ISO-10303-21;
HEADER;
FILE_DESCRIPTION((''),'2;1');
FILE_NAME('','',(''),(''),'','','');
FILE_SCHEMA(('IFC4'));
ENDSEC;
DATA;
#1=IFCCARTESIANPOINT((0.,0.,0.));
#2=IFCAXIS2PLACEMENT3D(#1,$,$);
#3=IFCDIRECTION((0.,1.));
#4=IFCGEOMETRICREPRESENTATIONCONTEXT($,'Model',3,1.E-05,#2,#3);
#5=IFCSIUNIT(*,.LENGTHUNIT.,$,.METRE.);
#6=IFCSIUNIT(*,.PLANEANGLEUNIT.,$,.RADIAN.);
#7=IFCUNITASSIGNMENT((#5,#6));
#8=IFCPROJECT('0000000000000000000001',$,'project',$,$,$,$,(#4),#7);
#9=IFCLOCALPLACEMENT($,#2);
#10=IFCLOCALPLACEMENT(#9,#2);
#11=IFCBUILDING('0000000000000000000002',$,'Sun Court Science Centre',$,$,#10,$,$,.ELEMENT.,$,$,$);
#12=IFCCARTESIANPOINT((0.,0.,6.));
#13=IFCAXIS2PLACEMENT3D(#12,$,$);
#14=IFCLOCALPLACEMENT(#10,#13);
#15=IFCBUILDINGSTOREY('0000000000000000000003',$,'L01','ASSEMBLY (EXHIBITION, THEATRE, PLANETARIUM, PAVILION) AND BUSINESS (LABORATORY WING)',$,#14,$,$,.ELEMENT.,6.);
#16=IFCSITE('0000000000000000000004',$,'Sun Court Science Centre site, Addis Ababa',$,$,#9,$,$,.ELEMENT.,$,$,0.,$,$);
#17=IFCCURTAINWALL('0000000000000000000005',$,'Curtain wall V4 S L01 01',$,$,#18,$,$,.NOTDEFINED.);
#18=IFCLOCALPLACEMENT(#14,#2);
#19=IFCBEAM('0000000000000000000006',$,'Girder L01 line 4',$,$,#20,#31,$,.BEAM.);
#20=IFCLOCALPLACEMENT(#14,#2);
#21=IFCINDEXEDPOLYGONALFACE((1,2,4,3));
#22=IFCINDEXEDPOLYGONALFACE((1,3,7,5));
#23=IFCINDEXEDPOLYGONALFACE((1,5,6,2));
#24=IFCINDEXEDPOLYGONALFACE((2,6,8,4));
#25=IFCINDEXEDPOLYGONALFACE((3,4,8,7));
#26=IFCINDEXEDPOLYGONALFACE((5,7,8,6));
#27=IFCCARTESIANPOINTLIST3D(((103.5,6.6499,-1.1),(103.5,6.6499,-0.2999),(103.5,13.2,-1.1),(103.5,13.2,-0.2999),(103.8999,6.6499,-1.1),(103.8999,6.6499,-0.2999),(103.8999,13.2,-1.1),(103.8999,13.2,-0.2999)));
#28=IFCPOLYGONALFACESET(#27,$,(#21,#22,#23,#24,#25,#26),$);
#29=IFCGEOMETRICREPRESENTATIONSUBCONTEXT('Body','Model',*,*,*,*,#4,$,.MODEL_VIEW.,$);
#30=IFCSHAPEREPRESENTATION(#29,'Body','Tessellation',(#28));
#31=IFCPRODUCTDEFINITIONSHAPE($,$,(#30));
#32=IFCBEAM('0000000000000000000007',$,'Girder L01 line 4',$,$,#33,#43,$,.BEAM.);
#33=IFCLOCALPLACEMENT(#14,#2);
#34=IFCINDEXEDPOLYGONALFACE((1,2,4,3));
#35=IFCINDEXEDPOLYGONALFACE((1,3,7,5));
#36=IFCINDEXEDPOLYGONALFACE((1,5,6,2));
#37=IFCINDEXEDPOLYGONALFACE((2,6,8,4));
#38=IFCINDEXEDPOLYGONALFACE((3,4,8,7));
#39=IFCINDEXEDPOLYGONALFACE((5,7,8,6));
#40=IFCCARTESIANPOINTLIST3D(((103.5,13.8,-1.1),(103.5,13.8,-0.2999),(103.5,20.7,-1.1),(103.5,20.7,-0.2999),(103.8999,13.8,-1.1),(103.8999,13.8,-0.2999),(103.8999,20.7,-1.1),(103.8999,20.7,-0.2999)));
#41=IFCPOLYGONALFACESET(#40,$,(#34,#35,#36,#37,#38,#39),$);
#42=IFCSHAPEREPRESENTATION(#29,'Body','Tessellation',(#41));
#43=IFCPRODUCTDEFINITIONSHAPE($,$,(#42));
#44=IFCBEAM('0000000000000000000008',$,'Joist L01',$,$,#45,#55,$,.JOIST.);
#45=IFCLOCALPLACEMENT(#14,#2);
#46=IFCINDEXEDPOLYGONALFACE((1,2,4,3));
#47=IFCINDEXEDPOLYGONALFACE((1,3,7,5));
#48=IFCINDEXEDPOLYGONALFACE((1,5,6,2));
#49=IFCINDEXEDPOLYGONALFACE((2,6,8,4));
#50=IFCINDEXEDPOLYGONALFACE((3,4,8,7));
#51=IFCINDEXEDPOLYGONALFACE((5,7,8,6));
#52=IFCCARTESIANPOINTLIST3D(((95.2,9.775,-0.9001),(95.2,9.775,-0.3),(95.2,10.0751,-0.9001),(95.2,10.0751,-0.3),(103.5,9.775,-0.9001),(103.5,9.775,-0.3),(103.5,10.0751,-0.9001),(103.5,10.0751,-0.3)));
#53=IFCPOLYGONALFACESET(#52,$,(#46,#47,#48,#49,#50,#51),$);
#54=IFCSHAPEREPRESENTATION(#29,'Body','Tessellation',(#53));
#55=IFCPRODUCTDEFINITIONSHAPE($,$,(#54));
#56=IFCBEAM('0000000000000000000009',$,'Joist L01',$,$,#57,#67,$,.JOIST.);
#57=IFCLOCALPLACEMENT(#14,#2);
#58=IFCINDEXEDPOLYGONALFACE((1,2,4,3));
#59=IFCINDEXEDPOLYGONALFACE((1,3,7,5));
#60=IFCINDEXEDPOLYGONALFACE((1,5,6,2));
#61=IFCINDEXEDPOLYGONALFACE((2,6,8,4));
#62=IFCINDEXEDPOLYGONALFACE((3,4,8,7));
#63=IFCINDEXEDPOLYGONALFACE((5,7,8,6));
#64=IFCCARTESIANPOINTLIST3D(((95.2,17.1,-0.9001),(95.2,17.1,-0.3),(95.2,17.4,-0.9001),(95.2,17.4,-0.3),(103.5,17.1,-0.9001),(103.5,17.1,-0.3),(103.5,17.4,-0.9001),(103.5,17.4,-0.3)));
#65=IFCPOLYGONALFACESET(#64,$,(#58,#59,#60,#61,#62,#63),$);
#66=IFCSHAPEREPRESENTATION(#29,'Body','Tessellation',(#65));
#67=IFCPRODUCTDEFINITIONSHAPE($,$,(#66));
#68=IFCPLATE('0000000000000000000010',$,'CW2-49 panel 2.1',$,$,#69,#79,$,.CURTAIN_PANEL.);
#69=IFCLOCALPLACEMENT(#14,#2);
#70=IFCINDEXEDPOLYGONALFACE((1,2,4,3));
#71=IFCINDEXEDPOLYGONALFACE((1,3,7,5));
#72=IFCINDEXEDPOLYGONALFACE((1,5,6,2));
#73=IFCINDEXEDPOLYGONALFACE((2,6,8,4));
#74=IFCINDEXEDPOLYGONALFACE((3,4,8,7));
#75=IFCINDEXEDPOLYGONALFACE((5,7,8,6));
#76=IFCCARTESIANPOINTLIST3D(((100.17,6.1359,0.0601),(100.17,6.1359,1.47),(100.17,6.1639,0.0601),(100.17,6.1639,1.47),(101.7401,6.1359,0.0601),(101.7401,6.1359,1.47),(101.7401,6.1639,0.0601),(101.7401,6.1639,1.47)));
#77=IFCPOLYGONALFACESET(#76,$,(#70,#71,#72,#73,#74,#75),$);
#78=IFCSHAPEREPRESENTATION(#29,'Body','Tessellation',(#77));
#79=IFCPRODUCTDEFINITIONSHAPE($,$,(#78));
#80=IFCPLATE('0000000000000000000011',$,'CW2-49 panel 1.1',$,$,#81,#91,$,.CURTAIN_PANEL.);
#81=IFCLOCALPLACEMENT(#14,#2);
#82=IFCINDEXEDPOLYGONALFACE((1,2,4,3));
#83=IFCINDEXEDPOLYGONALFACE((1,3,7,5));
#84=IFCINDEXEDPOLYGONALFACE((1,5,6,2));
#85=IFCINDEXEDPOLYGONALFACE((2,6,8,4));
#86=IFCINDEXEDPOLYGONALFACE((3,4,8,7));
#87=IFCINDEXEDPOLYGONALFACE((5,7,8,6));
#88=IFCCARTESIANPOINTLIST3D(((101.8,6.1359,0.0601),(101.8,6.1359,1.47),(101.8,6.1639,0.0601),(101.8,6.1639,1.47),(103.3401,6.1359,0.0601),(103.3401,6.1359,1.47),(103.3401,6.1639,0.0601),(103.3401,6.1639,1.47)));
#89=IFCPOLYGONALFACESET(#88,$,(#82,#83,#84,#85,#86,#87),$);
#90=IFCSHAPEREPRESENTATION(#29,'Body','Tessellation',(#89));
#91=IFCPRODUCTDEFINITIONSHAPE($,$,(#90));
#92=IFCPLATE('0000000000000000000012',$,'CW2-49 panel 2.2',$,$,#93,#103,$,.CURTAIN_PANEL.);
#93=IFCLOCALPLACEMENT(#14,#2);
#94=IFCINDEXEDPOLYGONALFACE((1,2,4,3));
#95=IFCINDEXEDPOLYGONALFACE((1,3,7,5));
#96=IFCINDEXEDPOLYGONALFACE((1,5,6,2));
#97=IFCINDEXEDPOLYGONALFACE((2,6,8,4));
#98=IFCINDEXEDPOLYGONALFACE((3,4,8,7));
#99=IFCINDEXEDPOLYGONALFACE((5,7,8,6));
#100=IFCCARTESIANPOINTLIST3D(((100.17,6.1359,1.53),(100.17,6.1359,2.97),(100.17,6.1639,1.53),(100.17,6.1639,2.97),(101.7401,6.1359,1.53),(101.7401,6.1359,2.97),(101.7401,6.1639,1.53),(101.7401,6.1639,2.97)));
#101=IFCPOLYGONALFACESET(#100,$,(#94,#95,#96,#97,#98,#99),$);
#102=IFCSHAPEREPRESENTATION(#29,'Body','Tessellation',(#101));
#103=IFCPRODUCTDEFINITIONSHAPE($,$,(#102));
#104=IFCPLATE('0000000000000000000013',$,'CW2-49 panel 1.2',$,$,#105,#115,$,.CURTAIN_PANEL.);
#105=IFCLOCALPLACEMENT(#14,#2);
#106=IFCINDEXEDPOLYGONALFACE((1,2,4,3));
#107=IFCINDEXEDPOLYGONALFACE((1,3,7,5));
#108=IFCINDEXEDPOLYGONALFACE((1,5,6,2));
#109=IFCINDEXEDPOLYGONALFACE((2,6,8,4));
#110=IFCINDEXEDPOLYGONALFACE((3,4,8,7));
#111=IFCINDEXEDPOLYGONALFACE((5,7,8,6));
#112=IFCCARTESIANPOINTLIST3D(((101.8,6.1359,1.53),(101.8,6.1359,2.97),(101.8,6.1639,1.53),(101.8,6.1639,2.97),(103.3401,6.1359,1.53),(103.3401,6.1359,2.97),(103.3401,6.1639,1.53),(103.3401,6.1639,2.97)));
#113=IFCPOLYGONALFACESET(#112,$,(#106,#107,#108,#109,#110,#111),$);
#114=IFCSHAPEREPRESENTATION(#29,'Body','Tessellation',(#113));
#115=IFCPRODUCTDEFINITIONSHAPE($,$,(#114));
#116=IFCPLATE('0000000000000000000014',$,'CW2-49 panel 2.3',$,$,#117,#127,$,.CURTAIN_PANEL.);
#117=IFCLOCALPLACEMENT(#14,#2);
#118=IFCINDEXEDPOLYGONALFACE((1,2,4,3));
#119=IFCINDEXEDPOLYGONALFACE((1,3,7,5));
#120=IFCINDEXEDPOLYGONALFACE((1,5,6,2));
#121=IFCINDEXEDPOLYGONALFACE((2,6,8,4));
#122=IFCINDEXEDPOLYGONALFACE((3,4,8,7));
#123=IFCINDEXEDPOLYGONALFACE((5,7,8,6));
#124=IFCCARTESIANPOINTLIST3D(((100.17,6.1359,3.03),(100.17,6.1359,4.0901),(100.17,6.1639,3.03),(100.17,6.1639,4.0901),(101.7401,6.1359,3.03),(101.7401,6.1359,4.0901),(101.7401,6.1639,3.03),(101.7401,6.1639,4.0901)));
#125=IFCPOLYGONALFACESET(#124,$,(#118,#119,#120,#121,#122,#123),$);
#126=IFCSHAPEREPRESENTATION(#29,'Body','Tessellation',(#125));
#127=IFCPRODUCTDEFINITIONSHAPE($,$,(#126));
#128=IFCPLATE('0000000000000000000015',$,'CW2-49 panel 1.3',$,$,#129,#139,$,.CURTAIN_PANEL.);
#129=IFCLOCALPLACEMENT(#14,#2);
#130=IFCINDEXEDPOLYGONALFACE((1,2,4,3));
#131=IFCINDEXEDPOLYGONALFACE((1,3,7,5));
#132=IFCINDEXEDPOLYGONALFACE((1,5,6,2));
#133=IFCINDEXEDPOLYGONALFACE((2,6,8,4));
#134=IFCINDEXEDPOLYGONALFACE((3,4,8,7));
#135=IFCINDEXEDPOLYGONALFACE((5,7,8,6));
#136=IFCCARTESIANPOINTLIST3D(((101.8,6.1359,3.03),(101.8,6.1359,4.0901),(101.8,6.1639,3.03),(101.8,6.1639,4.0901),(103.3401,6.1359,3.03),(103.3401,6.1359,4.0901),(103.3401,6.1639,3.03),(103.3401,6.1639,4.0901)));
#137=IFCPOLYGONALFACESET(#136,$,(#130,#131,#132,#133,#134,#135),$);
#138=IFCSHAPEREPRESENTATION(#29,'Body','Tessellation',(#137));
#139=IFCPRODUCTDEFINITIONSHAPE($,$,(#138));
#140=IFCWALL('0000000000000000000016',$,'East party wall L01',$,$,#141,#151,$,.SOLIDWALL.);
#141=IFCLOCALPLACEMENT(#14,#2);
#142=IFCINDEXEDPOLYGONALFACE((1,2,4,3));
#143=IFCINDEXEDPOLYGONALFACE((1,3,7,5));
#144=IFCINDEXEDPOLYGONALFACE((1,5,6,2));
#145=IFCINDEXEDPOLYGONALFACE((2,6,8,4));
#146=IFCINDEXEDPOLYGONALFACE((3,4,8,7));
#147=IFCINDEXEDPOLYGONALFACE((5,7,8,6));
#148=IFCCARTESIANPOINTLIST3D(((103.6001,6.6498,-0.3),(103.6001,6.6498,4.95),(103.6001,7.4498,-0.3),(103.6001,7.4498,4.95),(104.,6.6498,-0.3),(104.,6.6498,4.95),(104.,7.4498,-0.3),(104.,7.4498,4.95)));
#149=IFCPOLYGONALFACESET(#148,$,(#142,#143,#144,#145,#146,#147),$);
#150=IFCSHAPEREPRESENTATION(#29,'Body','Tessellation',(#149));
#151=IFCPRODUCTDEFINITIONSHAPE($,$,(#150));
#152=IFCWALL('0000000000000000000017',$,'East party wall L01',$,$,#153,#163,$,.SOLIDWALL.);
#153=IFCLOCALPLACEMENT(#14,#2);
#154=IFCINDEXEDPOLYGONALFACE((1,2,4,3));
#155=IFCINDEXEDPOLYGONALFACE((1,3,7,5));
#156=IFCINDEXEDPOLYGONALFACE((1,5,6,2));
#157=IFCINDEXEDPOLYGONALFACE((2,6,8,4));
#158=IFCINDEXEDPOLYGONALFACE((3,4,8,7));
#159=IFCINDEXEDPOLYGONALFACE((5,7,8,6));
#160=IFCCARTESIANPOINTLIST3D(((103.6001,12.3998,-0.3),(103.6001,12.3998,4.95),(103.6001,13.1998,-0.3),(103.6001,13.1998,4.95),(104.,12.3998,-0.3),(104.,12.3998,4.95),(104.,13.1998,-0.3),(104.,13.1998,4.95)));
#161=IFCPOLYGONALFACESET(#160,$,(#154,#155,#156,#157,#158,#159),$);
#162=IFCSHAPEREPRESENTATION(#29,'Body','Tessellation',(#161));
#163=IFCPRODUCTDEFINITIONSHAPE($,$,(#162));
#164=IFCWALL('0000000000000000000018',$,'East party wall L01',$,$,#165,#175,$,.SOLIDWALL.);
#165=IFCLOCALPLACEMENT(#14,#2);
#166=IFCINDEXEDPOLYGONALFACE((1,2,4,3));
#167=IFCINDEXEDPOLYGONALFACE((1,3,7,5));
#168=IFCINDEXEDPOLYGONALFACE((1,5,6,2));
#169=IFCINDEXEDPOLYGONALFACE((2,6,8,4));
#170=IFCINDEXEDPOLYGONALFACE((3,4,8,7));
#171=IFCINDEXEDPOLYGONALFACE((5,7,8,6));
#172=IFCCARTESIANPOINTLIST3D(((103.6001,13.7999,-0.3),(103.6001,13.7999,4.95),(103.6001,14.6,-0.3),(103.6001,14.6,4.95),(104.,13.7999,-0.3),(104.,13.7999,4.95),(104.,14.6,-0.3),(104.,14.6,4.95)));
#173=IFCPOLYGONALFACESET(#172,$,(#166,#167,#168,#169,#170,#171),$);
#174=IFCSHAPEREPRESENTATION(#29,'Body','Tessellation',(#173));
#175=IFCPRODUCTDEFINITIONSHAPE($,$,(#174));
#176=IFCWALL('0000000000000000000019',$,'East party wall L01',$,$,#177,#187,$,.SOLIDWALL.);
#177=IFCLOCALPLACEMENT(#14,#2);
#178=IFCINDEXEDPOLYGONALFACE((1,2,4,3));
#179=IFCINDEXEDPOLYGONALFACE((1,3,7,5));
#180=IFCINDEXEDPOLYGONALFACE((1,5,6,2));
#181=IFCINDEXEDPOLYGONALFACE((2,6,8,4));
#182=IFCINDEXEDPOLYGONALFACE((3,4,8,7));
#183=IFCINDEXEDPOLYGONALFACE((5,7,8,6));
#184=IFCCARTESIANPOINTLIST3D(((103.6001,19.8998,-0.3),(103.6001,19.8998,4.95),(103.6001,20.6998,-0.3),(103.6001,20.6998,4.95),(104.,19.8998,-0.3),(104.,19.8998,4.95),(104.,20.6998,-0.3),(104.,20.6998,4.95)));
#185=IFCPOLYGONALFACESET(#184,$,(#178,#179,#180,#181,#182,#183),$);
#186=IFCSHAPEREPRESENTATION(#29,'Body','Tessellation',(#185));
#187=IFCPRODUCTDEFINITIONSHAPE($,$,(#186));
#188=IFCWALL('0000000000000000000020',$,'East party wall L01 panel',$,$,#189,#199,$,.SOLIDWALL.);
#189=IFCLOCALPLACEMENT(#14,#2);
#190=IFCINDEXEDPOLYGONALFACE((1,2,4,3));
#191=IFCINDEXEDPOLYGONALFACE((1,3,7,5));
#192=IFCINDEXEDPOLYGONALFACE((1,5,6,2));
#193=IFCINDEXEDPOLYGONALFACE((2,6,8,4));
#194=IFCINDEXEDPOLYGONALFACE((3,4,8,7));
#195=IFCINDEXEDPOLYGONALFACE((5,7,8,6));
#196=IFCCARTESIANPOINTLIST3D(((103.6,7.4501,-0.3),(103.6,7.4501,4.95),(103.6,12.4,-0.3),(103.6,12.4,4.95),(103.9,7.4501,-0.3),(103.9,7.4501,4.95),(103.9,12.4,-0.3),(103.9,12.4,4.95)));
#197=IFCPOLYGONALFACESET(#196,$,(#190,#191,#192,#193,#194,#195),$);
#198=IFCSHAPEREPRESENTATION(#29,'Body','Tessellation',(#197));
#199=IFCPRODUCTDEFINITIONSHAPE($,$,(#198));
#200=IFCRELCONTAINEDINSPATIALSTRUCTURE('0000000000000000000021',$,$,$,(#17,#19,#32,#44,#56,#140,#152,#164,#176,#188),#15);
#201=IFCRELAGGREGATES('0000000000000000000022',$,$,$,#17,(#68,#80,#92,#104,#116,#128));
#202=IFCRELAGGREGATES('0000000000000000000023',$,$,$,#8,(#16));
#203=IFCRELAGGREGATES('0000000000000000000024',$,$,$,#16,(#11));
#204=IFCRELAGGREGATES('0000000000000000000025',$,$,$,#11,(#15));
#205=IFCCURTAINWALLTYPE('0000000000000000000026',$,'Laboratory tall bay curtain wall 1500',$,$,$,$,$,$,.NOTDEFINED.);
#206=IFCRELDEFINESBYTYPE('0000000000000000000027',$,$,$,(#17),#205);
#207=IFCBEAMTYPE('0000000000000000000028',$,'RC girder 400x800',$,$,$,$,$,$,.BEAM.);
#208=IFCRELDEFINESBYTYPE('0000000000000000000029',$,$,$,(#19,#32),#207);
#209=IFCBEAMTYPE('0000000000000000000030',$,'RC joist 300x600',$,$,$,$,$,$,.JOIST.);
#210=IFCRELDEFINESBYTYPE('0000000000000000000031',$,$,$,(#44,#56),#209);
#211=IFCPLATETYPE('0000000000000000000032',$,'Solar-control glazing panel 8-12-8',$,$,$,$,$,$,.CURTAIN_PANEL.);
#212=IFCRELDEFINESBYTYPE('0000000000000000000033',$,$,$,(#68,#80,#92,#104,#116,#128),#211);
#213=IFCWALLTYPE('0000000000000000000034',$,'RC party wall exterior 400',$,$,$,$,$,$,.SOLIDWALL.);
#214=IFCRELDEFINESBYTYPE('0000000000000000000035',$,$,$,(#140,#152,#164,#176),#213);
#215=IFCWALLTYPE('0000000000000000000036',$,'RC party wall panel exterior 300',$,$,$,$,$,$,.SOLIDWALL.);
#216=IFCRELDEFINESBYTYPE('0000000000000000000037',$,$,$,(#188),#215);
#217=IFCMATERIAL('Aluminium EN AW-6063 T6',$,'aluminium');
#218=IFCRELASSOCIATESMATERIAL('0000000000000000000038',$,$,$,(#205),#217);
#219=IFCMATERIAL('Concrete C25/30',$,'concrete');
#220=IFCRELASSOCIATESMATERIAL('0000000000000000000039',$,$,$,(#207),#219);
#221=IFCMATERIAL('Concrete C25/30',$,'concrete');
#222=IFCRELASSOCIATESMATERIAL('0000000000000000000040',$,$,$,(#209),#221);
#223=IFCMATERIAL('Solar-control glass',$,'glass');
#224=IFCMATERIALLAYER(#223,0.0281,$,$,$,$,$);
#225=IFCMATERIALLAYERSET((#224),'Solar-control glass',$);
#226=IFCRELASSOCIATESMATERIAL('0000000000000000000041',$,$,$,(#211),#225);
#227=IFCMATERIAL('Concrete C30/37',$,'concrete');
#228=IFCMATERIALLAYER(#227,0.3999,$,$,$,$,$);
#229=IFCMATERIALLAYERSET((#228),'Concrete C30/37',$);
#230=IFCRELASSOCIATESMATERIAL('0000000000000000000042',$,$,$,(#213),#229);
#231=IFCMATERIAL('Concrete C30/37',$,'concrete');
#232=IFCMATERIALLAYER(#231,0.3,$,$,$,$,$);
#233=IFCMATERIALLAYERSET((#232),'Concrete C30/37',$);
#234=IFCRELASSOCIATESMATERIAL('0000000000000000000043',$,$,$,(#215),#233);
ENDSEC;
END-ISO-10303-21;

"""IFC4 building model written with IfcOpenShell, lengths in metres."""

from ifc_helpers import new_model, si_unit, direction, frame, frame_2d, origin, origin_2d, place, context, subcontext, project, spatial, rectangle, extrude, material, layer, layer_set, material_profile, profile_set, type_object, element, aggregate, save


model = new_model("IFC4")

# Units and contexts
model_context = context("Model", 3, precision=1e-05, world=origin(), true_north=direction((0.0, 1.0)))
body_context = subcontext(model_context, "Body", "Model", "MODEL_VIEW")
ifc_project = project(units=[si_unit("LENGTHUNIT", "METRE"), si_unit("PLANEANGLEUNIT", "RADIAN")], contexts=[model_context])

# Site, building, storey
site_placement = place(None, origin())
site = spatial("IfcSite", under=ifc_project, at=site_placement, Name="Sun Court Science Centre site, Addis Ababa", CompositionType="ELEMENT", RefElevation=0.0)
building_placement = place(site_placement, origin())
building = spatial("IfcBuilding", under=site, at=building_placement, Name="Sun Court Science Centre", CompositionType="ELEMENT")
storey_placement = place(building_placement, frame((0.0, 0.0, 6.0)))
storey = spatial("IfcBuildingStorey", under=building, at=storey_placement, Name="L01", Description="ASSEMBLY (EXHIBITION, THEATRE, PLANETARIUM, PAVILION) AND BUSINESS (LABORATORY WING)", CompositionType="ELEMENT", Elevation=6.0)

# Curtain wall
ifc_material_1 = material(Name="Aluminium EN AW-6063 T6", Category="aluminium")
curtain_wall_type = type_object("IfcCurtainWallType", Name="Laboratory tall bay curtain wall 1500", PredefinedType="NOTDEFINED", material=ifc_material_1)
curtain_wall_placement = place(storey_placement, origin())
curtain_wall = element("IfcCurtainWall", 1, at=curtain_wall_placement, inside=storey, type_object=curtain_wall_type, Name="Curtain wall V4 S L01 01", PredefinedType="NOTDEFINED")

# Beams
ifc_material_2 = material(Name="Concrete C25/30", Category="concrete")
ifc_material_profile_1 = material_profile(ifc_material_2, rectangle(XDim=0.3999, YDim=0.8, at=origin_2d()), Name="RC 400x800")
ifc_profile_set_1 = profile_set([ifc_material_profile_1], Name="Concrete C25/30")
beam_type_1 = type_object("IfcBeamType", Name="RC girder 400x800", PredefinedType="BEAM", material=ifc_profile_set_1)
beam_1_placement = place(storey_placement, frame((103.7, 6.6499, -0.7), z_axis=(0.0, 1.0, 0.0), x_axis=(-1.0, 0.0, 0.0)))
element("IfcBeam", 2, at=beam_1_placement, inside=storey, type_object=beam_type_1, Name="Girder L01 line 4", PredefinedType="BEAM", context=body_context, shape_type="SweptSolid", body=[
    extrude(rectangle(XDim=0.3999, YDim=0.8, at=origin_2d()), origin(), (0.0, 0.0, 1.0), 6.55),
])
beam_2_placement = place(storey_placement, frame((103.7, 13.8, -0.7), z_axis=(0.0, 1.0, 0.0), x_axis=(-1.0, 0.0, 0.0)))
element("IfcBeam", 3, at=beam_2_placement, inside=storey, type_object=beam_type_1, Name="Girder L01 line 4", PredefinedType="BEAM", context=body_context, shape_type="SweptSolid", body=[
    extrude(rectangle(XDim=0.3999, YDim=0.8, at=origin_2d()), origin(), (0.0, 0.0, 1.0), 6.8999),
])
ifc_material_3 = material(Name="Concrete C25/30", Category="concrete")
ifc_material_profile_2 = material_profile(ifc_material_3, rectangle(XDim=0.3, YDim=0.6001, at=origin_2d()), Name="RC 300x600")
ifc_profile_set_2 = profile_set([ifc_material_profile_2], Name="Concrete C25/30")
beam_type_2 = type_object("IfcBeamType", Name="RC joist 300x600", PredefinedType="JOIST", material=ifc_profile_set_2)
for number, where, z_axis, x_axis, name in (
    (4, (95.2, 9.925, -0.6001), (1.0, 0.0, 0.0), (0.0, 1.0, 0.0), "Joist L01"),
    (5, (95.2, 17.25, -0.6001), (1.0, 0.0, 0.0), (0.0, 1.0, 0.0), "Joist L01"),
):
    element("IfcBeam", number, at=place(storey_placement, frame(where, z_axis=z_axis, x_axis=x_axis)), inside=storey, type_object=beam_type_2, Name=name, PredefinedType="JOIST", context=body_context, shape_type="SweptSolid", body=[
        extrude(rectangle(XDim=0.3, YDim=0.6001, at=origin_2d()), origin(), (0.0, 0.0, 1.0), 8.3),
    ])

# Plates
ifc_material_4 = material(Name="Solar-control glass", Category="glass")
ifc_layer_1 = layer(ifc_material_4, 0.0281)
ifc_layer_set_1 = layer_set([ifc_layer_1], Name="Solar-control glass")
plate_type = type_object("IfcPlateType", Name="Solar-control glazing panel 8-12-8", PredefinedType="CURTAIN_PANEL", material=ifc_layer_set_1)
plate_1_placement = place(storey_placement, frame((100.9551, 6.1499, 0.0601), z_axis=(0.0, 0.0, 1.0), x_axis=(-1.0, 0.0, 0.0)))
plate_1 = element("IfcPlate", 6, at=plate_1_placement, type_object=plate_type, Name="CW2-49 panel 2.1", PredefinedType="CURTAIN_PANEL", context=body_context, shape_type="SweptSolid", body=[
    extrude(rectangle(XDim=1.5701, YDim=0.0281, at=origin_2d()), origin(), (0.0, 0.0, 1.0), 1.4099),
])
plate_2_placement = place(storey_placement, frame((102.5701, 6.1499, 0.0601), z_axis=(0.0, 0.0, 1.0), x_axis=(-1.0, 0.0, 0.0)))
plate_2 = element("IfcPlate", 7, at=plate_2_placement, type_object=plate_type, Name="CW2-49 panel 1.1", PredefinedType="CURTAIN_PANEL", context=body_context, shape_type="SweptSolid", body=[
    extrude(rectangle(XDim=1.54, YDim=0.0281, at=origin_2d()), origin(), (0.0, 0.0, 1.0), 1.4099),
])
plate_3_placement = place(storey_placement, frame((100.9551, 6.1499, 1.53), z_axis=(0.0, 0.0, 1.0), x_axis=(-1.0, 0.0, 0.0)))
plate_3 = element("IfcPlate", 8, at=plate_3_placement, type_object=plate_type, Name="CW2-49 panel 2.2", PredefinedType="CURTAIN_PANEL", context=body_context, shape_type="SweptSolid", body=[
    extrude(rectangle(XDim=1.5701, YDim=0.0281, at=origin_2d()), origin(), (0.0, 0.0, 1.0), 1.4399),
])
plate_4_placement = place(storey_placement, frame((102.5701, 6.1499, 1.53), z_axis=(0.0, 0.0, 1.0), x_axis=(-1.0, 0.0, 0.0)))
plate_4 = element("IfcPlate", 9, at=plate_4_placement, type_object=plate_type, Name="CW2-49 panel 1.2", PredefinedType="CURTAIN_PANEL", context=body_context, shape_type="SweptSolid", body=[
    extrude(rectangle(XDim=1.54, YDim=0.0281, at=origin_2d()), origin(), (0.0, 0.0, 1.0), 1.4399),
])
plate_5_placement = place(storey_placement, frame((100.9551, 6.1499, 3.03), z_axis=(0.0, 0.0, 1.0), x_axis=(-1.0, 0.0, 0.0)))
plate_5 = element("IfcPlate", 10, at=plate_5_placement, type_object=plate_type, Name="CW2-49 panel 2.3", PredefinedType="CURTAIN_PANEL", context=body_context, shape_type="SweptSolid", body=[
    extrude(rectangle(XDim=1.5701, YDim=0.0281, at=origin_2d()), origin(), (0.0, 0.0, 1.0), 1.0601),
])
plate_6_placement = place(storey_placement, frame((102.5701, 6.1499, 3.03), z_axis=(0.0, 0.0, 1.0), x_axis=(-1.0, 0.0, 0.0)))
plate_6 = element("IfcPlate", 11, at=plate_6_placement, type_object=plate_type, Name="CW2-49 panel 1.3", PredefinedType="CURTAIN_PANEL", context=body_context, shape_type="SweptSolid", body=[
    extrude(rectangle(XDim=1.54, YDim=0.0281, at=origin_2d()), origin(), (0.0, 0.0, 1.0), 1.0601),
])
aggregate(curtain_wall, [plate_1, plate_2, plate_3, plate_4, plate_5, plate_6])

# Walls
ifc_material_5 = material(Name="Concrete C30/37", Category="concrete")
ifc_layer_2 = layer(ifc_material_5, 0.3999)
ifc_layer_set_2 = layer_set([ifc_layer_2], Name="Concrete C30/37")
wall_type_1 = type_object("IfcWallType", Name="RC party wall exterior 400", PredefinedType="SOLIDWALL", material=ifc_layer_set_2)
for number, where, z_axis, x_axis, name in (
    (12, (103.8, 6.6499, -0.3), (0.0, 0.0, 1.0), (0.0, 1.0, 0.0), "East party wall L01"),
    (13, (103.8, 12.3999, -0.3), (0.0, 0.0, 1.0), (0.0, 1.0, 0.0), "East party wall L01"),
    (14, (103.8, 13.8, -0.3), (0.0, 0.0, 1.0), (0.0, 1.0, 0.0), "East party wall L01"),
    (15, (103.8, 19.8999, -0.3), (0.0, 0.0, 1.0), (0.0, 1.0, 0.0), "East party wall L01"),
):
    element("IfcWall", number, at=place(storey_placement, frame(where, z_axis=z_axis, x_axis=x_axis)), inside=storey, type_object=wall_type_1, Name=name, PredefinedType="SOLIDWALL", context=body_context, shape_type="SweptSolid", body=[
        extrude(rectangle(XDim=0.8, YDim=0.3999, at=frame_2d((0.3999, 0.0))), origin(), (0.0, 0.0, 1.0), 5.25),
    ])
ifc_material_6 = material(Name="Concrete C30/37", Category="concrete")
ifc_layer_3 = layer(ifc_material_6, 0.3)
ifc_layer_set_3 = layer_set([ifc_layer_3], Name="Concrete C30/37")
wall_type_2 = type_object("IfcWallType", Name="RC party wall panel exterior 300", PredefinedType="SOLIDWALL", material=ifc_layer_set_3)
wall_1_placement = place(storey_placement, frame((103.75, 7.45, -0.3), z_axis=(0.0, 0.0, 1.0), x_axis=(0.0, 1.0, 0.0)))
element("IfcWall", 16, at=wall_1_placement, inside=storey, type_object=wall_type_2, Name="East party wall L01 panel", PredefinedType="SOLIDWALL", context=body_context, shape_type="SweptSolid", body=[
    extrude(rectangle(XDim=4.95, YDim=0.3, at=frame_2d((2.4751, 0.0))), origin(), (0.0, 0.0, 1.0), 5.25),
])

save(model, "model.ifc")
